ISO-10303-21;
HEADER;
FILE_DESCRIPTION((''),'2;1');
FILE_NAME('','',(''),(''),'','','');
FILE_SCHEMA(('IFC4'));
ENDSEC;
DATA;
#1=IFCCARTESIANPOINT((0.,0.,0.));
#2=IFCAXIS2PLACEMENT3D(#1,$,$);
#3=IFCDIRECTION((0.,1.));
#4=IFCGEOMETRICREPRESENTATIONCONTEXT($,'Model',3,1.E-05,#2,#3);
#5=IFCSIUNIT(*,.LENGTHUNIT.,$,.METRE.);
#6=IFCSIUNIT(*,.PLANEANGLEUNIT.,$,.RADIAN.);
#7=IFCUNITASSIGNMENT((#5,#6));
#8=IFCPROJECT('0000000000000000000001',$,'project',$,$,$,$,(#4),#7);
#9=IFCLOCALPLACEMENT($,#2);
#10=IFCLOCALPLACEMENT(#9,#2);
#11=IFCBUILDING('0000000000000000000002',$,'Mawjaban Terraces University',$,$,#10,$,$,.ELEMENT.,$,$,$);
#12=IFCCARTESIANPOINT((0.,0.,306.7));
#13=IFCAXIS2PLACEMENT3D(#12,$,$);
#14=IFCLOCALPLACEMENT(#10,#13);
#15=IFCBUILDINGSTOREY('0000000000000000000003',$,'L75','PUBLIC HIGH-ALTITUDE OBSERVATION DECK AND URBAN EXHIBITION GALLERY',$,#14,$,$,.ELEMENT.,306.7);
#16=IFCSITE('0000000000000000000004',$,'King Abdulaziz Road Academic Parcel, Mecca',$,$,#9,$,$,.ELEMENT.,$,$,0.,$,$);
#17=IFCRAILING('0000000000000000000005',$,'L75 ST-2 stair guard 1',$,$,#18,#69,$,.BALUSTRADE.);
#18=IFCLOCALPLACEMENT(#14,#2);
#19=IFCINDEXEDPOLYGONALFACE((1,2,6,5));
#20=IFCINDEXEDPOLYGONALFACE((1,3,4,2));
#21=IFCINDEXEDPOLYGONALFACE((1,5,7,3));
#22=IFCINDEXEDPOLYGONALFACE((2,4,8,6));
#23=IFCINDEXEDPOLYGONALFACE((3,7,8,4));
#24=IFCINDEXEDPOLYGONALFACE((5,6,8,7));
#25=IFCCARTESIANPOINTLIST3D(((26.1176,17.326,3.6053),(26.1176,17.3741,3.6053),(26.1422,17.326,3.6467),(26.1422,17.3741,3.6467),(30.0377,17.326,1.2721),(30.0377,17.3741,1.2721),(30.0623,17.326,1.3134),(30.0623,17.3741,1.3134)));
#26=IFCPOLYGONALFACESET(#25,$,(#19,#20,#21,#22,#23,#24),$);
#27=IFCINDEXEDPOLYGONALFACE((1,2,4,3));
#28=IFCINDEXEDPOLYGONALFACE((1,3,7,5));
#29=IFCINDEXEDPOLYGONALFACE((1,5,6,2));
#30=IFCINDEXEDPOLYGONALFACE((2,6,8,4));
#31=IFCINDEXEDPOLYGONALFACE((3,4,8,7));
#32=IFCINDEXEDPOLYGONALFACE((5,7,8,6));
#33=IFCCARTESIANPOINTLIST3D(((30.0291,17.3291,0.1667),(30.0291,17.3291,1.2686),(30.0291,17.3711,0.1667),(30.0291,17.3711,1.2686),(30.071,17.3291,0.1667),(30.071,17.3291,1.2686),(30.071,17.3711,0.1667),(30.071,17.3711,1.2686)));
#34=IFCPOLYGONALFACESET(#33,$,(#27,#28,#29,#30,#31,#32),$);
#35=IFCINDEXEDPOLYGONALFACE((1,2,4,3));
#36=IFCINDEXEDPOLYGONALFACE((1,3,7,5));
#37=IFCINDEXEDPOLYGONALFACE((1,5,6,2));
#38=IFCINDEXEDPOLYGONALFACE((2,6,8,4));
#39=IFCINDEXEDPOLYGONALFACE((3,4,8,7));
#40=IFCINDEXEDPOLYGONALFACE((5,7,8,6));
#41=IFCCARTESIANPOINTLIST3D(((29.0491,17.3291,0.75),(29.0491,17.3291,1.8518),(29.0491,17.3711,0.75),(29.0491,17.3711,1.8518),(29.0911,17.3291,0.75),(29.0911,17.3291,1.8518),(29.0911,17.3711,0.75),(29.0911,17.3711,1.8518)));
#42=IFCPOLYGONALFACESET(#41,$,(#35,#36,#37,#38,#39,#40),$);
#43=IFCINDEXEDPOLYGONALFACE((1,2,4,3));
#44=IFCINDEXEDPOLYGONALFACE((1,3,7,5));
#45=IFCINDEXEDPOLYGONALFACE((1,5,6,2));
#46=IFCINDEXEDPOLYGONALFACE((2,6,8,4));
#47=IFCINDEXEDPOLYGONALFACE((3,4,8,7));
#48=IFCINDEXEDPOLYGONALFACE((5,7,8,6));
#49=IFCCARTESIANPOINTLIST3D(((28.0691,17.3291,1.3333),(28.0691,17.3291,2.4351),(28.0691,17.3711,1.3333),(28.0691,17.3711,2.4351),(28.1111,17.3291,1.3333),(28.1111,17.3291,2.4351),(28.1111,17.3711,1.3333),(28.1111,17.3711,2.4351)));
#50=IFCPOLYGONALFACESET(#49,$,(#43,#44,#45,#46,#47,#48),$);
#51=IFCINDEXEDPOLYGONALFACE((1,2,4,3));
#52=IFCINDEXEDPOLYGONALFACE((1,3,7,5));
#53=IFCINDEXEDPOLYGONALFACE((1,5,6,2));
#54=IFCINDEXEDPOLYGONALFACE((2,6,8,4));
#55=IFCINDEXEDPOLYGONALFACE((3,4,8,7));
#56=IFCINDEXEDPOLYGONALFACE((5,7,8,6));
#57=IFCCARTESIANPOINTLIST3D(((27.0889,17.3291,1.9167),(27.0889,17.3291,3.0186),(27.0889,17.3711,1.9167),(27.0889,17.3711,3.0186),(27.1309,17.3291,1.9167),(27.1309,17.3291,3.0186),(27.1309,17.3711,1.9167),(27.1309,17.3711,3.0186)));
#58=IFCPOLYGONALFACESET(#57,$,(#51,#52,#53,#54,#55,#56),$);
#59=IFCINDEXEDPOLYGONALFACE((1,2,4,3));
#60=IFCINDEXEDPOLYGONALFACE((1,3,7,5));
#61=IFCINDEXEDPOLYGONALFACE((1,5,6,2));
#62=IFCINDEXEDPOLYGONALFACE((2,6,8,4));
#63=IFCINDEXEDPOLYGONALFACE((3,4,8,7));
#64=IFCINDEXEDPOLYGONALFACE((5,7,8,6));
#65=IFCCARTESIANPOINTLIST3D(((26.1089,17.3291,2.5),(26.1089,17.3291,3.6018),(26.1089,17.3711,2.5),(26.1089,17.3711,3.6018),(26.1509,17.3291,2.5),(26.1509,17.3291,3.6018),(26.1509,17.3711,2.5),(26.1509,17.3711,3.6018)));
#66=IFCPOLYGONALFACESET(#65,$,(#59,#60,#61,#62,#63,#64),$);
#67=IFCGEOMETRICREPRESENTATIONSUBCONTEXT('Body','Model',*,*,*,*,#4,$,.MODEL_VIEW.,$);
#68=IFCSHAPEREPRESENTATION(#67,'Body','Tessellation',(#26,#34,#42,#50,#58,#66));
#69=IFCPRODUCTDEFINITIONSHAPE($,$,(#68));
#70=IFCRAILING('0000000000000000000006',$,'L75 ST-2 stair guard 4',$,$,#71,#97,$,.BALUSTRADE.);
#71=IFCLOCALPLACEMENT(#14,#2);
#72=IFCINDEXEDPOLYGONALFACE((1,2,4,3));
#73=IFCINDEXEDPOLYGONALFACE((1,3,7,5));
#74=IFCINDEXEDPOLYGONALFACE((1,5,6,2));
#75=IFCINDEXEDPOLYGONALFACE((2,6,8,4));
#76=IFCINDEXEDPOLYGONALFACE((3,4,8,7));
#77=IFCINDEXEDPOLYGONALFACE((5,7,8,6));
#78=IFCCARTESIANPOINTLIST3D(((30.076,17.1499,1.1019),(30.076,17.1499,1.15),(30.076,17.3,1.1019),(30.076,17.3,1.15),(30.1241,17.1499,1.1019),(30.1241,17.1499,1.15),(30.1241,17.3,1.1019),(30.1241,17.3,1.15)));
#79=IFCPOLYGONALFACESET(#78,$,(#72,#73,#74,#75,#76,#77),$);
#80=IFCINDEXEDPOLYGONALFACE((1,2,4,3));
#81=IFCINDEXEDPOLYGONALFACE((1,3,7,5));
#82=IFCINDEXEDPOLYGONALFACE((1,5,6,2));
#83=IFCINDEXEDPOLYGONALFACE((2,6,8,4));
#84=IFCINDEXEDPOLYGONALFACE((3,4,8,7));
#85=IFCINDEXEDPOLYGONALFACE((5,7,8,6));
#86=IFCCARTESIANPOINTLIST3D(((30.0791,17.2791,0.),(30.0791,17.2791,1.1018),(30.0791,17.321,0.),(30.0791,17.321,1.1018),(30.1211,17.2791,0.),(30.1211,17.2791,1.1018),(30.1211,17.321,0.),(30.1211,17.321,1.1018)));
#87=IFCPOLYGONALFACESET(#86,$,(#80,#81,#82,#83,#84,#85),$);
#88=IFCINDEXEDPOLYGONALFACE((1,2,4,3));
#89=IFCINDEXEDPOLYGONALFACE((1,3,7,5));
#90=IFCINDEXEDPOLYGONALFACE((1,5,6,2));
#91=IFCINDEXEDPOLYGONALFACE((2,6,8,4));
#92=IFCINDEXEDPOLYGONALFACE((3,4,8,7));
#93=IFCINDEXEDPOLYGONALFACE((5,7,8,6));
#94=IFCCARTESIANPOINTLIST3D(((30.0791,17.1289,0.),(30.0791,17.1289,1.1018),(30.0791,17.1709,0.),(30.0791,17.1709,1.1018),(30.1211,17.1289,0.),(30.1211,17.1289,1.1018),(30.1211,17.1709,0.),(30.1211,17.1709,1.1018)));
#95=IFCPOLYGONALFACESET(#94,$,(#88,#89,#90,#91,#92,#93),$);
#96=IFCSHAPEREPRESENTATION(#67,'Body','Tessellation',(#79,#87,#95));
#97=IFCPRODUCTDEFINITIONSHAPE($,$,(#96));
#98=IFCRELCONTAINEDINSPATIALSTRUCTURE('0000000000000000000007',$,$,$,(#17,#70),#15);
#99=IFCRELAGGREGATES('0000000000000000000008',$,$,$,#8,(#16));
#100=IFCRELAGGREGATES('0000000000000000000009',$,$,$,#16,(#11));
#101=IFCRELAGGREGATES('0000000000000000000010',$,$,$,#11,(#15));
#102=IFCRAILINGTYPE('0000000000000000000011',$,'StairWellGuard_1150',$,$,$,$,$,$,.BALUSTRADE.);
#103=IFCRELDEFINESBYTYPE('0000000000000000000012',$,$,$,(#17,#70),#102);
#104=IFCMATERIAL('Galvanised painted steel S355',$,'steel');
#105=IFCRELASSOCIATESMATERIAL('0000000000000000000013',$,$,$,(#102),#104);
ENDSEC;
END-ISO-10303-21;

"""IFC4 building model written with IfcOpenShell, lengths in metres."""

from ifc_helpers import new_model, si_unit, direction, frame, origin, origin_2d, place, context, subcontext, project, spatial, rectangle, extrude, material, type_object, element, save


model = new_model("IFC4")

# Units and contexts
model_context = context("Model", 3, precision=1e-05, world=origin(), true_north=direction((0.0, 1.0)))
body_context = subcontext(model_context, "Body", "Model", "MODEL_VIEW")
ifc_project = project(units=[si_unit("LENGTHUNIT", "METRE"), si_unit("PLANEANGLEUNIT", "RADIAN")], contexts=[model_context])

# Site, building, storey
site_placement = place(None, origin())
site = spatial("IfcSite", under=ifc_project, at=site_placement, Name="King Abdulaziz Road Academic Parcel, Mecca", CompositionType="ELEMENT", RefElevation=0.0)
building_placement = place(site_placement, origin())
building = spatial("IfcBuilding", under=site, at=building_placement, Name="Mawjaban Terraces University", CompositionType="ELEMENT")
storey_placement = place(building_placement, frame((0.0, 0.0, 306.7)))
storey = spatial("IfcBuildingStorey", under=building, at=storey_placement, Name="L75", Description="PUBLIC HIGH-ALTITUDE OBSERVATION DECK AND URBAN EXHIBITION GALLERY", CompositionType="ELEMENT", Elevation=306.7)

# Railings
ifc_material_1 = material(Name="Galvanised painted steel S355", Category="steel")
railing_type_1 = type_object("IfcRailingType", Name="StairWellGuard_1150", PredefinedType="BALUSTRADE", material=ifc_material_1)
railing_1_placement = place(storey_placement, frame((30.05, 17.3501, 0.1667)))
element("IfcRailing", 1, at=railing_1_placement, inside=storey, type_object=railing_type_1, Name="L75 ST-2 stair guard 1", PredefinedType="BALUSTRADE", context=body_context, shape_type="SweptSolid", body=[
    extrude(rectangle(XDim=0.0481, YDim=0.0481, at=origin_2d()), frame((0.0, 0.0, 1.126), z_axis=(-0.85931, 0.0, 0.511455), x_axis=(0.0, -1.0, 0.0)), (0.0, 0.0, 1.0), 4.562),
    extrude(rectangle(XDim=0.042, YDim=0.042, at=origin_2d()), origin(), (0.0, 0.0, 1.0), 1.1018),
    extrude(rectangle(XDim=0.042, YDim=0.042, at=origin_2d()), frame((-0.98, 0.0, 0.5833)), (0.0, 0.0, 1.0), 1.1018),
    extrude(rectangle(XDim=0.042, YDim=0.042, at=origin_2d()), frame((-1.96, 0.0, 1.1665)), (0.0, 0.0, 1.0), 1.1018),
    extrude(rectangle(XDim=0.042, YDim=0.042, at=origin_2d()), frame((-2.9402, 0.0, 1.75)), (0.0, 0.0, 1.0), 1.1018),
    extrude(rectangle(XDim=0.042, YDim=0.042, at=origin_2d()), frame((-3.9202, 0.0, 2.3333)), (0.0, 0.0, 1.0), 1.1018),
])
railing_2_placement = place(storey_placement, frame((30.1001, 17.3, 0.0)))
element("IfcRailing", 2, at=railing_2_placement, inside=storey, type_object=railing_type_1, Name="L75 ST-2 stair guard 4", PredefinedType="BALUSTRADE", context=body_context, shape_type="SweptSolid", body=[
    extrude(rectangle(XDim=0.0481, YDim=0.0481, at=origin_2d()), frame((0.0, 0.0, 1.126), z_axis=(0.0, -1.0, 0.0), x_axis=(1.0, 0.0, 0.0)), (0.0, 0.0, 1.0), 0.1501),
    extrude(rectangle(XDim=0.042, YDim=0.042, at=origin_2d()), origin(), (0.0, 0.0, 1.0), 1.1018),
    extrude(rectangle(XDim=0.042, YDim=0.042, at=origin_2d()), frame((0.0, -0.1501, 0.0)), (0.0, 0.0, 1.0), 1.1018),
])

save(model, "model.ifc")
